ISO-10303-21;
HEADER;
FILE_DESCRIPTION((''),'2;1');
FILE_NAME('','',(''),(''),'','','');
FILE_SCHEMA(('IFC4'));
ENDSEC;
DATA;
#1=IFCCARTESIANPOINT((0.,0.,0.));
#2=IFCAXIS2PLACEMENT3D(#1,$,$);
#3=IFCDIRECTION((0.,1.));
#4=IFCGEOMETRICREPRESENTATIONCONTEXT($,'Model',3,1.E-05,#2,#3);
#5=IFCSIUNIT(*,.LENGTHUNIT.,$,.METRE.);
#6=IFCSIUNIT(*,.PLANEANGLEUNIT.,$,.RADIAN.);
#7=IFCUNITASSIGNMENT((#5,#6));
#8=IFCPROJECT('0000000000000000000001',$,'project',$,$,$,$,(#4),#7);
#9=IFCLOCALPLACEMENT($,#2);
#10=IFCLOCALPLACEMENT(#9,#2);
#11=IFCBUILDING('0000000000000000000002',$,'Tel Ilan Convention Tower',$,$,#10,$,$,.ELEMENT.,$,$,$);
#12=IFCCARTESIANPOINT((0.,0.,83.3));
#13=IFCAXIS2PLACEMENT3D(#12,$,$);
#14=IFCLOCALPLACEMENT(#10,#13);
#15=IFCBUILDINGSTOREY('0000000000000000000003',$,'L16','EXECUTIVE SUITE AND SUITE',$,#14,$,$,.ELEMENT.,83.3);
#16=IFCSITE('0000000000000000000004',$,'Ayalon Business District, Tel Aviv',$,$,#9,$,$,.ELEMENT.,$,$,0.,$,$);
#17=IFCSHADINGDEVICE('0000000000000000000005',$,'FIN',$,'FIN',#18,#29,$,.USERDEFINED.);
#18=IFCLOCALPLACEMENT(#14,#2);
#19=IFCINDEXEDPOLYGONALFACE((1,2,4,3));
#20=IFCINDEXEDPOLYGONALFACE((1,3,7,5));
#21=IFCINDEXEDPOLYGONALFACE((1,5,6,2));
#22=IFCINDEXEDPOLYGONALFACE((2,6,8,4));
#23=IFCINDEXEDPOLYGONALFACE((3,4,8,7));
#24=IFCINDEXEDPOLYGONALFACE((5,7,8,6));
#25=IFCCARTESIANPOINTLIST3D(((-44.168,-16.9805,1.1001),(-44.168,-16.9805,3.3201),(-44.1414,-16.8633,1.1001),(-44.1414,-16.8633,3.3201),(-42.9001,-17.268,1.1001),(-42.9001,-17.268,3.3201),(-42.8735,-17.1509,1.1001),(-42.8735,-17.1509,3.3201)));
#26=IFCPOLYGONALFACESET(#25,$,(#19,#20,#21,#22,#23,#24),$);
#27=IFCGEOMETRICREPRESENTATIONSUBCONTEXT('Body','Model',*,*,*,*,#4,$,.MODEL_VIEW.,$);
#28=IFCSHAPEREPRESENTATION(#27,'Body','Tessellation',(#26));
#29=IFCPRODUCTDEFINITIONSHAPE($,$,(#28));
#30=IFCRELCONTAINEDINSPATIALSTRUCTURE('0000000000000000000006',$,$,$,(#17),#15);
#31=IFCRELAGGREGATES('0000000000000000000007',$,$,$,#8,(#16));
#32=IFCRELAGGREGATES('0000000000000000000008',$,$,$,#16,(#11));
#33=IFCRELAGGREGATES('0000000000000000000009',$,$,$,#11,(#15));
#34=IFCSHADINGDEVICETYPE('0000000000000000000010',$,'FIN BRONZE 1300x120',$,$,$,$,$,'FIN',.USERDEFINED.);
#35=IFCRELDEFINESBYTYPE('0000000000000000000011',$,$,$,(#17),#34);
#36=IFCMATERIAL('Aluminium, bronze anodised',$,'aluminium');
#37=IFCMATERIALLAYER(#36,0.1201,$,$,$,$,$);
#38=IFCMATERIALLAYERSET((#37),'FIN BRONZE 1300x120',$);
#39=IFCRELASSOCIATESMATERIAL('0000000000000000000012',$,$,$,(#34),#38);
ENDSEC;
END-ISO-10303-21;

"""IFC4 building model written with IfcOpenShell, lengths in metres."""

from ifc_helpers import new_model, si_unit, direction, frame, origin, origin_2d, place, context, subcontext, project, spatial, rectangle, extrude, material, layer, layer_set, type_object, element, save


model = new_model("IFC4")

# Units and contexts
model_context = context("Model", 3, precision=1e-05, world=origin(), true_north=direction((0.0, 1.0)))
body_context = subcontext(model_context, "Body", "Model", "MODEL_VIEW")
ifc_project = project(units=[si_unit("LENGTHUNIT", "METRE"), si_unit("PLANEANGLEUNIT", "RADIAN")], contexts=[model_context])

# Site, building, storey
site_placement = place(None, origin())
site = spatial("IfcSite", under=ifc_project, at=site_placement, Name="Ayalon Business District, Tel Aviv", CompositionType="ELEMENT", RefElevation=0.0)
building_placement = place(site_placement, origin())
building = spatial("IfcBuilding", under=site, at=building_placement, Name="Tel Ilan Convention Tower", CompositionType="ELEMENT")
storey_placement = place(building_placement, frame((0.0, 0.0, 83.3)))
storey = spatial("IfcBuildingStorey", under=building, at=storey_placement, Name="L16", Description="EXECUTIVE SUITE AND SUITE", CompositionType="ELEMENT", Elevation=83.3)

# Shading device
ifc_material_1 = material(Name="Aluminium, bronze anodised", Category="aluminium")
ifc_layer_1 = layer(ifc_material_1, 0.1201)
ifc_layer_set_1 = layer_set([ifc_layer_1], Name="FIN BRONZE 1300x120")
shading_device_type = type_object("IfcShadingDeviceType", Name="FIN BRONZE 1300x120", ElementType="FIN", PredefinedType="USERDEFINED", material=ifc_layer_set_1)
for number, where, z_axis, x_axis, name in (
    (1, (-43.5208, -17.0657, 1.1001), (0.0, 0.0, 1.0), (-0.975235, 0.22117, 0.0), "FIN"),
):
    element("IfcShadingDevice", number, at=place(storey_placement, frame(where, z_axis=z_axis, x_axis=x_axis)), inside=storey, type_object=shading_device_type, Name=name, ObjectType="FIN", PredefinedType="USERDEFINED", context=body_context, shape_type="SweptSolid", body=[
        extrude(rectangle(XDim=1.3, YDim=0.1201, at=origin_2d()), origin(), (0.0, 0.0, 1.0), 2.22),
    ])

save(model, "model.ifc")
